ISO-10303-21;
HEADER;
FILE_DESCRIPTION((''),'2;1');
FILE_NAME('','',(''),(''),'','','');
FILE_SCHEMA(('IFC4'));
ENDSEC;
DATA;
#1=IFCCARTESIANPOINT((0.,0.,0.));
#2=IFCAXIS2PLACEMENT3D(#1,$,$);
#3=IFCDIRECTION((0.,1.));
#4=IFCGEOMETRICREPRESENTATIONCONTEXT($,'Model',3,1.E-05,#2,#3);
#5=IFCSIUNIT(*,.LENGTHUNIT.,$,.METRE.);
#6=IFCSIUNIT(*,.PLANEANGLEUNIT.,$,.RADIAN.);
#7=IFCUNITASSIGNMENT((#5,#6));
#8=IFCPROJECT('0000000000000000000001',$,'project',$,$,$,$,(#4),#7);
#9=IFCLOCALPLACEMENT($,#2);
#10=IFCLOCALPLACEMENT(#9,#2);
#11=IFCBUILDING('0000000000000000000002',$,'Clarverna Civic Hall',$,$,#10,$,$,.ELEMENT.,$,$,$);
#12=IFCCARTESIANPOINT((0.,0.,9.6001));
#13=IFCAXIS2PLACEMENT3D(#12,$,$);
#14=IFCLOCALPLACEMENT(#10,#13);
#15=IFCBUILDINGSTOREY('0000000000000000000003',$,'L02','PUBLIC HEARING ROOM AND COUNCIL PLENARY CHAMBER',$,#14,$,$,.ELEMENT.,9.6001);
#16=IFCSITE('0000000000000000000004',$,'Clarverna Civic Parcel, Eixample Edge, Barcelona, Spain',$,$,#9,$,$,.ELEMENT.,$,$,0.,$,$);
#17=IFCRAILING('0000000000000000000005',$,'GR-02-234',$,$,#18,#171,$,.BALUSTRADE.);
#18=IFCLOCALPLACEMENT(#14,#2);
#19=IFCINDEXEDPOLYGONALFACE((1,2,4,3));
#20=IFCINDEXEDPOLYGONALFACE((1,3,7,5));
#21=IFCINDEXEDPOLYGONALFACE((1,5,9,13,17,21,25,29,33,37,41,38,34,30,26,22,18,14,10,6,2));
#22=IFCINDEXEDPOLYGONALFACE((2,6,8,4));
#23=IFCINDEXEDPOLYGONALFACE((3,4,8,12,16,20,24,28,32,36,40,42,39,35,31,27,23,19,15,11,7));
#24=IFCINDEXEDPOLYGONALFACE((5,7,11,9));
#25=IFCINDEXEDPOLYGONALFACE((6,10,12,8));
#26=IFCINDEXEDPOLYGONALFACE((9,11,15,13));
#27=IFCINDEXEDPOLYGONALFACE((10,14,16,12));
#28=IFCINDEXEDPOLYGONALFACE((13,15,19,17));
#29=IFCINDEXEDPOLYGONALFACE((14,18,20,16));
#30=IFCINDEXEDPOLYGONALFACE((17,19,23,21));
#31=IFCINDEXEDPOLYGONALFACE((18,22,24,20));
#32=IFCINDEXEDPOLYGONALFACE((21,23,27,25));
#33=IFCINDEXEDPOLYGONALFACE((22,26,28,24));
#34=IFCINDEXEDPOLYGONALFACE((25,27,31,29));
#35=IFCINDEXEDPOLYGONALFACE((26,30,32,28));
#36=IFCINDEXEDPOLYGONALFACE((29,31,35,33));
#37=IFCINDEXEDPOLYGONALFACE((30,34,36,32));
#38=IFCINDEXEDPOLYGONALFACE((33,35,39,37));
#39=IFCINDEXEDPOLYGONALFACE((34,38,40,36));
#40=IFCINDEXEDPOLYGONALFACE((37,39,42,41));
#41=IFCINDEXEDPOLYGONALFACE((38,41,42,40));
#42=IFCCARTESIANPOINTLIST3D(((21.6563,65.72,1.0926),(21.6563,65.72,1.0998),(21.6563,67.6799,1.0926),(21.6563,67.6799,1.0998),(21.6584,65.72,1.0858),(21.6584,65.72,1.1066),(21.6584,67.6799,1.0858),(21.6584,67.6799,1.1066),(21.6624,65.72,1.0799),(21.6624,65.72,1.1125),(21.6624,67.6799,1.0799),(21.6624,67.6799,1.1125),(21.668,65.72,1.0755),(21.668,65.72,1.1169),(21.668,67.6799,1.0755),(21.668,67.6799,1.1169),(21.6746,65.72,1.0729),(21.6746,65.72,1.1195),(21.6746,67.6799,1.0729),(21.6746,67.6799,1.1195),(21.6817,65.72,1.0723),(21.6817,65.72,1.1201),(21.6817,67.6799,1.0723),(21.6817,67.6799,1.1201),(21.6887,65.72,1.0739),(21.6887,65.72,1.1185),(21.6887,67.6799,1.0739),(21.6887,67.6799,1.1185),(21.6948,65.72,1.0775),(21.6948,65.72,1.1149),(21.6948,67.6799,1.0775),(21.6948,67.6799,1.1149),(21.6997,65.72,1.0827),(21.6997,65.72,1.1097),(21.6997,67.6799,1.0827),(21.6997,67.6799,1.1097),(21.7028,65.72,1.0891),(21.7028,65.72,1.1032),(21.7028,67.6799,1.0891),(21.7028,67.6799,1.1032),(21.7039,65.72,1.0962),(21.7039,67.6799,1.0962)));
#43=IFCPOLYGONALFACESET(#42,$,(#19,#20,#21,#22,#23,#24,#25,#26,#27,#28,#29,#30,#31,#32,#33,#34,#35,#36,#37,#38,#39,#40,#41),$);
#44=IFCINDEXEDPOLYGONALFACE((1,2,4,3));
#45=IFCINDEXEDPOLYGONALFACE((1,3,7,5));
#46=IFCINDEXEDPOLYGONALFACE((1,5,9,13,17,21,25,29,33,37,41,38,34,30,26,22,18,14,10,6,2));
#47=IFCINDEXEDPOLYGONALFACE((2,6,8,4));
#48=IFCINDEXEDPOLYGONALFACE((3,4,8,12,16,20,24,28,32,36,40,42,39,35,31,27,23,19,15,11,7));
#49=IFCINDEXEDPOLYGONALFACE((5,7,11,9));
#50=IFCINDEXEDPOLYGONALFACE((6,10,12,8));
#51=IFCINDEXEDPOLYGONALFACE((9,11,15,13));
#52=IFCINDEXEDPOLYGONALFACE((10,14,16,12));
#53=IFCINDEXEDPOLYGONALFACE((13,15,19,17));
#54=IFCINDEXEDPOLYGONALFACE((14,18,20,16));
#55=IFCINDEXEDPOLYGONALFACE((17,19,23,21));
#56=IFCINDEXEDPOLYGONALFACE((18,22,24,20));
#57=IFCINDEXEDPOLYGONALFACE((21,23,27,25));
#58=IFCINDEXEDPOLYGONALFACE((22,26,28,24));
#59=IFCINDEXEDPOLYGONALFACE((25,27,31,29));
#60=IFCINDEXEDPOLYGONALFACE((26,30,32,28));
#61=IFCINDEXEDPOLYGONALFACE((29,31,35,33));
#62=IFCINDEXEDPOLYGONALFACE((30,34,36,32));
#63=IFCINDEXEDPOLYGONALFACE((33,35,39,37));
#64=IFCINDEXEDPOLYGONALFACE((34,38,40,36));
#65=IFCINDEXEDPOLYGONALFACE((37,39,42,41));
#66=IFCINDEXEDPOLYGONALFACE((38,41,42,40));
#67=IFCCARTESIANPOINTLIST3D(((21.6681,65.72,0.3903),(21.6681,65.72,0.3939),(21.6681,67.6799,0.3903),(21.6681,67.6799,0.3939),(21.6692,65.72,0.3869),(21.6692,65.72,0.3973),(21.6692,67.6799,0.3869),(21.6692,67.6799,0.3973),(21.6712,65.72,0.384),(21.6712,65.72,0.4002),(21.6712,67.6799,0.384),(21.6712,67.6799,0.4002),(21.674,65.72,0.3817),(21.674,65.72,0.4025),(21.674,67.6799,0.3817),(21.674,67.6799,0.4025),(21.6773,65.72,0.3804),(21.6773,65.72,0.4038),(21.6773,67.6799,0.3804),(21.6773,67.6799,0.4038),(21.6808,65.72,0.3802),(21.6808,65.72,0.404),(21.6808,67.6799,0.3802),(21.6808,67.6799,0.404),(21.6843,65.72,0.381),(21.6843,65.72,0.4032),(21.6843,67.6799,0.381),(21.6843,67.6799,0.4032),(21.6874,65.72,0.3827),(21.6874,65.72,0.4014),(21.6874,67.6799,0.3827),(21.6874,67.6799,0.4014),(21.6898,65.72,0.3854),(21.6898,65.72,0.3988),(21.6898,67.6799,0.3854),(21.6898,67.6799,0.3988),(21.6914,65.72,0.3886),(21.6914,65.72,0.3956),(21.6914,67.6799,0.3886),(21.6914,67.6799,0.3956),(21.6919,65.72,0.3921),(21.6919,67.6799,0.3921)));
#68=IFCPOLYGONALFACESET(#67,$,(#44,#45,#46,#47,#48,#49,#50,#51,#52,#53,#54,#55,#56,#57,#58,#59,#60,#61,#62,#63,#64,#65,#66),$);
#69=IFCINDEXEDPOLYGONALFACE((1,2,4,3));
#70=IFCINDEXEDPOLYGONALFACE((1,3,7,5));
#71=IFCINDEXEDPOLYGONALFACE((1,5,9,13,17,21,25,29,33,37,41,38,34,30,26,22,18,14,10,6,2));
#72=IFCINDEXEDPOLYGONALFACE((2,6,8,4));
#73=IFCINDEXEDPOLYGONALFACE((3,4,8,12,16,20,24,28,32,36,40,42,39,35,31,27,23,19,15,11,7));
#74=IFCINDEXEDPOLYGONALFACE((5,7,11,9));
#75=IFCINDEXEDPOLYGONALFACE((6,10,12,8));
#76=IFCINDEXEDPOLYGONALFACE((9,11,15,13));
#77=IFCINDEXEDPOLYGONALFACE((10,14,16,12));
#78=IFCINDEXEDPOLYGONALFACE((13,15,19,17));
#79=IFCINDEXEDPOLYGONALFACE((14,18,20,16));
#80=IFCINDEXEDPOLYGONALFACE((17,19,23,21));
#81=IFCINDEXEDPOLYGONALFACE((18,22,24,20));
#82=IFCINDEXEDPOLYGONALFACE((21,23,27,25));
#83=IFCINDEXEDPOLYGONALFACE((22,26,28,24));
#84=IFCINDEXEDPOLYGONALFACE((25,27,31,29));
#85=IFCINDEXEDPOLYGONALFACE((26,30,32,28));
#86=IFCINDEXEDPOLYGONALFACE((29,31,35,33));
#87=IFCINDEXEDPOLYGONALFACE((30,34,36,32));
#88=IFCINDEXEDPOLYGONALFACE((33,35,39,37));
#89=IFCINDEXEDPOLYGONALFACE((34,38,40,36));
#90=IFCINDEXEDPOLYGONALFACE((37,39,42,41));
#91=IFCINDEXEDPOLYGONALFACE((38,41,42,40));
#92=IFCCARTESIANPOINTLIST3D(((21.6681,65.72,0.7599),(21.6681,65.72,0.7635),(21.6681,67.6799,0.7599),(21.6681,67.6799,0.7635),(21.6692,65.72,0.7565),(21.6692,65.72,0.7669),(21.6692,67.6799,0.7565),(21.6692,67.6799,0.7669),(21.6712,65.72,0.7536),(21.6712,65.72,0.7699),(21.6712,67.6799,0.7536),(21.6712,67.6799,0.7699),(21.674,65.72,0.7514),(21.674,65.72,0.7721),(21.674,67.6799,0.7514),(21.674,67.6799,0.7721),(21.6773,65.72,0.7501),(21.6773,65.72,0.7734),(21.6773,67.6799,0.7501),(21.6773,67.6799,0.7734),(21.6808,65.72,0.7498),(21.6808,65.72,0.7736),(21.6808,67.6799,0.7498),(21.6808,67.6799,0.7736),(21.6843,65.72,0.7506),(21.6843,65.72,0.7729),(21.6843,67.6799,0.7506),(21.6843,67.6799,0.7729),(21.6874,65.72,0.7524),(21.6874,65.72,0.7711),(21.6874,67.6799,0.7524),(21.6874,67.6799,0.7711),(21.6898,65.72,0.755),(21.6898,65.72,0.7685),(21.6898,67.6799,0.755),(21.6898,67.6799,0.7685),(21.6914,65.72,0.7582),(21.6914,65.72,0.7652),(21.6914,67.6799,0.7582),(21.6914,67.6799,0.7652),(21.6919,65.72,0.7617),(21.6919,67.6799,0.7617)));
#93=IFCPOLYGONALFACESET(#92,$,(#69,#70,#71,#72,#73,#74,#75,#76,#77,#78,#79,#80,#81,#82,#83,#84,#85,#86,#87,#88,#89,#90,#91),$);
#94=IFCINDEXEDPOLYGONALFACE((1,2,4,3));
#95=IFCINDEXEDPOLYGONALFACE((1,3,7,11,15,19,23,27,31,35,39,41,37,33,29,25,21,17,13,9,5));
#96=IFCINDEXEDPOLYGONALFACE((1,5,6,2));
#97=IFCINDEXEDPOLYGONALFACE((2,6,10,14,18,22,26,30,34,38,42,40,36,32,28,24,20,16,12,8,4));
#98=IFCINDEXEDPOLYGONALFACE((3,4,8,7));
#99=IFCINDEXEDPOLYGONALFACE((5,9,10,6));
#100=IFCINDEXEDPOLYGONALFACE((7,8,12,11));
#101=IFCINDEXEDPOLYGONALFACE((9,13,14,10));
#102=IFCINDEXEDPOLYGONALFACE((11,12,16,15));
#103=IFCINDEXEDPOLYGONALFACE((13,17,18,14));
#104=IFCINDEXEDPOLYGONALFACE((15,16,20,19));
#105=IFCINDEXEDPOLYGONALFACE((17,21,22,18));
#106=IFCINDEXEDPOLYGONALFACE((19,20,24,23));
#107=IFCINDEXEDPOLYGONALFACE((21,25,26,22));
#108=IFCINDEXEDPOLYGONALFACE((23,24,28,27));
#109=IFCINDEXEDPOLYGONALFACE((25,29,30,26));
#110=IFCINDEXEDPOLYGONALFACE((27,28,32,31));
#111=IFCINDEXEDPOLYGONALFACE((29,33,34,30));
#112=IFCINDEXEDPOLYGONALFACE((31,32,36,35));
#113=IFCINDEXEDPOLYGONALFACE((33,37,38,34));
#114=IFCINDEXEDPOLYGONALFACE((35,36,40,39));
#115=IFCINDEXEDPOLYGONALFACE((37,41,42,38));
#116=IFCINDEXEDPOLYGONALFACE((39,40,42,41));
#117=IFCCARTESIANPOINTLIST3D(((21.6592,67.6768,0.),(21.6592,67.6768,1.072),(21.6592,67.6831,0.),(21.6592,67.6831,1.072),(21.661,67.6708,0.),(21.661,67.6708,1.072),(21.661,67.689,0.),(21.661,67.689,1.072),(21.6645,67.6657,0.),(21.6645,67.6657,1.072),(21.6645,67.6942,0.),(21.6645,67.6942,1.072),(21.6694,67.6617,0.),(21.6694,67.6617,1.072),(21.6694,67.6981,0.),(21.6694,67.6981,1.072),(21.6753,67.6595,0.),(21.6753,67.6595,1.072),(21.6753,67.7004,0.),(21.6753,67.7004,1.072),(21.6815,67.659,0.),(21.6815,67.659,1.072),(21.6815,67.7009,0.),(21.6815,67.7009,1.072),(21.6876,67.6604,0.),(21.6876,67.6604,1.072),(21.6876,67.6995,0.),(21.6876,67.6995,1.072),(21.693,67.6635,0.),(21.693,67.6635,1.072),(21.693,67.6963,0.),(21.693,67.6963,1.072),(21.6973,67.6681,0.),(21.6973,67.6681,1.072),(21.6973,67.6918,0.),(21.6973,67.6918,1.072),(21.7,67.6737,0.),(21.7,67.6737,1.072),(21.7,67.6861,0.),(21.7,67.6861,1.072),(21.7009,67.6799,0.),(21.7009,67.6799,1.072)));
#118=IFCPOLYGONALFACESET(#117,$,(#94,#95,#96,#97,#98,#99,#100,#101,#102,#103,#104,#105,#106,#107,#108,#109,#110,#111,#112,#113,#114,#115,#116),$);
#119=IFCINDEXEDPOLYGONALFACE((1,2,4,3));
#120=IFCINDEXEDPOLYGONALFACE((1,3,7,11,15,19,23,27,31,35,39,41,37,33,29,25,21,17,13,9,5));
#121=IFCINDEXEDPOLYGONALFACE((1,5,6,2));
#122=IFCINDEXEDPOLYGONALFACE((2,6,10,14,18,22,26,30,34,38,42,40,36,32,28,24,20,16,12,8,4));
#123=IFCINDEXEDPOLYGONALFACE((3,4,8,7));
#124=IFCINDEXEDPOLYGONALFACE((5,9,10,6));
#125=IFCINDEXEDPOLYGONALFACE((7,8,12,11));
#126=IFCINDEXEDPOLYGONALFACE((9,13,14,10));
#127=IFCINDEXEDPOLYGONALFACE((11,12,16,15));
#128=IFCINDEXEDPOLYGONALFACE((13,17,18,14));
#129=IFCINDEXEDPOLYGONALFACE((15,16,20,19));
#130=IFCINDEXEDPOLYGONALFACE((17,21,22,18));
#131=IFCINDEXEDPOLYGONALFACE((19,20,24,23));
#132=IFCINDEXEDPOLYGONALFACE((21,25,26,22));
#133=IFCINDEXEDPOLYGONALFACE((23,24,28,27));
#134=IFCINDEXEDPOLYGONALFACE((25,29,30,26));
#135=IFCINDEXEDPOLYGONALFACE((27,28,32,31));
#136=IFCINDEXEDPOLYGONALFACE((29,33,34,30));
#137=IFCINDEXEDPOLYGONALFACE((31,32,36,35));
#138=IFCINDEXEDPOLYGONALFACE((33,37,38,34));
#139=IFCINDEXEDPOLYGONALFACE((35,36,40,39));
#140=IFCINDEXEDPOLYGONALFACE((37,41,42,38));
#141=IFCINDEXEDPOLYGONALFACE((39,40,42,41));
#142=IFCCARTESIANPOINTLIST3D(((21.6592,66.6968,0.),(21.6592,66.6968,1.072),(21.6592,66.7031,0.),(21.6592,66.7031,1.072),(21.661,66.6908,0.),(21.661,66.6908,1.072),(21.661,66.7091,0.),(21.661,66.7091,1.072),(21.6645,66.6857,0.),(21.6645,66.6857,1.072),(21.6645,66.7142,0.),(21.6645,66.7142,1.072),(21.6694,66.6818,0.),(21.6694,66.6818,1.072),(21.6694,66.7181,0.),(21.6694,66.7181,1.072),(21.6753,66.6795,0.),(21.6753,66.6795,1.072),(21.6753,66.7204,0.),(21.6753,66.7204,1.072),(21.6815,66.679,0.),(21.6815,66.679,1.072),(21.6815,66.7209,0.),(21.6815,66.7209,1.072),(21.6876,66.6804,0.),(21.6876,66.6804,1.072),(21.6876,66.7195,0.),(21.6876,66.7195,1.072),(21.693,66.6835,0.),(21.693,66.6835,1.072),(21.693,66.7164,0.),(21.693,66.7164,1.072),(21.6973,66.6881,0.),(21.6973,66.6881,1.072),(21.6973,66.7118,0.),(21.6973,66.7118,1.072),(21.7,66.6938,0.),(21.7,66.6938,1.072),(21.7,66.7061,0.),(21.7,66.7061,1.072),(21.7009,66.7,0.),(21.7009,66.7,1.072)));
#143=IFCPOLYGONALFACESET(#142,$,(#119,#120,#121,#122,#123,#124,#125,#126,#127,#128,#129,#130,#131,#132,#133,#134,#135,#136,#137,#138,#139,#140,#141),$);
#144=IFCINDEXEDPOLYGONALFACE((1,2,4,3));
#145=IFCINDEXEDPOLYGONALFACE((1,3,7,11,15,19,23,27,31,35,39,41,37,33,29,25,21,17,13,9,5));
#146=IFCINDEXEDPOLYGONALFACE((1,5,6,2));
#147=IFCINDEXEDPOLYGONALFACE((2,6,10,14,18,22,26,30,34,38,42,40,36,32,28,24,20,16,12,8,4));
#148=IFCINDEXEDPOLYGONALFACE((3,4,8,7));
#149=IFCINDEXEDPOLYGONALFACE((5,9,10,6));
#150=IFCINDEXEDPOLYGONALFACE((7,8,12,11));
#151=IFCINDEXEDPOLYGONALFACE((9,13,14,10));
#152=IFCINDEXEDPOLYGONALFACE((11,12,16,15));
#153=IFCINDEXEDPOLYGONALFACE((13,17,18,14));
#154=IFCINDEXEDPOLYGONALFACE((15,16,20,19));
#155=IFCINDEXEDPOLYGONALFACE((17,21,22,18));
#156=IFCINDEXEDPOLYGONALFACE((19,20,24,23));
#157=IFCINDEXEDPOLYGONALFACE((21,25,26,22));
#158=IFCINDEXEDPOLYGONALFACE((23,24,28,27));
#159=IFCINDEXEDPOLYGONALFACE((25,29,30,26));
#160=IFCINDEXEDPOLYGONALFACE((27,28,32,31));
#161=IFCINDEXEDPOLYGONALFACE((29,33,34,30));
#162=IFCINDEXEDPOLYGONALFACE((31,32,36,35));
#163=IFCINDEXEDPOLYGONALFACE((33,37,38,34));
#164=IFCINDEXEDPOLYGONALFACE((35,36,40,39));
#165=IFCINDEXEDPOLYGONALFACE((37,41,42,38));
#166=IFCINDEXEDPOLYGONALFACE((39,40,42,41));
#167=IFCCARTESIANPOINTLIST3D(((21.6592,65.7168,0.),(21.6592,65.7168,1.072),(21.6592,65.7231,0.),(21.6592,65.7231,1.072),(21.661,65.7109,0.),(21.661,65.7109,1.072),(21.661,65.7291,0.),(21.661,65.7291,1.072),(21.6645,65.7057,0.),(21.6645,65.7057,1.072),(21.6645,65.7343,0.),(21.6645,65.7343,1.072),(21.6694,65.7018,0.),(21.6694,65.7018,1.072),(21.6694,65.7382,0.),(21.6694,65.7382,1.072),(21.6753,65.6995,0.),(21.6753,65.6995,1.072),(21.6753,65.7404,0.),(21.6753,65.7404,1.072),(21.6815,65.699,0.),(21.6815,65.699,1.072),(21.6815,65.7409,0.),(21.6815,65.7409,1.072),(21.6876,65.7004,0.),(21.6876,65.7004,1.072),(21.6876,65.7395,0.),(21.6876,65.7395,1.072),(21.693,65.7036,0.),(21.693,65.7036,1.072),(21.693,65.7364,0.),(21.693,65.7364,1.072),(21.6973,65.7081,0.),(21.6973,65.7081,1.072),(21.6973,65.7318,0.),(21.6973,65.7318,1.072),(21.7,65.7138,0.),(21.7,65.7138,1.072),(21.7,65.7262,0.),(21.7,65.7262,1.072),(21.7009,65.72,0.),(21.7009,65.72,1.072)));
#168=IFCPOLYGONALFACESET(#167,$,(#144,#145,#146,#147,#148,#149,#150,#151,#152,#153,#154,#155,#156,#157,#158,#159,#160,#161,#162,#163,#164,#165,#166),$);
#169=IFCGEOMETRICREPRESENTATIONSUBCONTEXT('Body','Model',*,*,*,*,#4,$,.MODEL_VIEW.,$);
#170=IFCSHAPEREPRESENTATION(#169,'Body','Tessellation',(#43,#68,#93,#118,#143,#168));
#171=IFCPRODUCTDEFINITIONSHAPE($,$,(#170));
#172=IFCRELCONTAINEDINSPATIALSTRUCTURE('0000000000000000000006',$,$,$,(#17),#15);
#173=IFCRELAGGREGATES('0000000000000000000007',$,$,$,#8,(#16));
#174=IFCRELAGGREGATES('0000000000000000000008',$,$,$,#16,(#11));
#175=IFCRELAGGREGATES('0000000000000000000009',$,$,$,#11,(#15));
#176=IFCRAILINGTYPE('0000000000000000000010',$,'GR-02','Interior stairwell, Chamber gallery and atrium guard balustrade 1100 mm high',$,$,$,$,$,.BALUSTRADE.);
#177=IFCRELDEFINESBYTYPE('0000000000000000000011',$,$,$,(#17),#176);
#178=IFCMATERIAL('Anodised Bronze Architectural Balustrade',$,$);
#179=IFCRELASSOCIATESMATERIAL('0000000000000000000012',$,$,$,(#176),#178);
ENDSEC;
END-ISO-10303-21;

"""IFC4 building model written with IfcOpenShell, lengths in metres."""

from ifc_helpers import new_model, si_unit, direction, frame, origin, origin_2d, place, context, subcontext, project, spatial, circle, extrude, material, type_object, element, save


model = new_model("IFC4")

# Units and contexts
model_context = context("Model", 3, precision=1e-05, world=origin(), true_north=direction((0.0, 1.0)))
body_context = subcontext(model_context, "Body", "Model", "MODEL_VIEW")
ifc_project = project(units=[si_unit("LENGTHUNIT", "METRE"), si_unit("PLANEANGLEUNIT", "RADIAN")], contexts=[model_context])

# Site, building, storey
site_placement = place(None, origin())
site = spatial("IfcSite", under=ifc_project, at=site_placement, Name="Clarverna Civic Parcel, Eixample Edge, Barcelona, Spain", CompositionType="ELEMENT", RefElevation=0.0)
building_placement = place(site_placement, origin())
building = spatial("IfcBuilding", under=site, at=building_placement, Name="Clarverna Civic Hall", CompositionType="ELEMENT")
storey_placement = place(building_placement, frame((0.0, 0.0, 9.6001)))
storey = spatial("IfcBuildingStorey", under=building, at=storey_placement, Name="L02", Description="PUBLIC HEARING ROOM AND COUNCIL PLENARY CHAMBER", CompositionType="ELEMENT", Elevation=9.6001)

# Railing
ifc_material_1 = material(Name="Anodised Bronze Architectural Balustrade")
railing_type = type_object("IfcRailingType", Name="GR-02", Description="Interior stairwell, Chamber gallery and atrium guard balustrade 1100 mm high", PredefinedType="BALUSTRADE", material=ifc_material_1)
railing_1_placement = place(storey_placement, frame((21.6799, 67.6799, 0.0)))
element("IfcRailing", 1, at=railing_1_placement, inside=storey, type_object=railing_type, Name="GR-02-234", PredefinedType="BALUSTRADE", context=body_context, shape_type="SweptSolid", body=[
    extrude(circle(Radius=0.0239, at=origin_2d()), frame((0.0, 0.0, 1.0962), z_axis=(0.0, -1.0, 0.0), x_axis=(1.0, 0.0, 0.0)), (0.0, 0.0, 1.0), 1.96),
    extrude(circle(Radius=0.012, at=origin_2d()), frame((0.0, 0.0, 0.3921), z_axis=(0.0, -1.0, 0.0), x_axis=(1.0, 0.0, 0.0)), (0.0, 0.0, 1.0), 1.96),
    extrude(circle(Radius=0.012, at=origin_2d()), frame((0.0, 0.0, 0.7617), z_axis=(0.0, -1.0, 0.0), x_axis=(1.0, 0.0, 0.0)), (0.0, 0.0, 1.0), 1.96),
    extrude(circle(Radius=0.021, at=origin_2d()), origin(), (0.0, 0.0, 1.0), 1.072),
    extrude(circle(Radius=0.021, at=origin_2d()), frame((0.0, -0.98, 0.0)), (0.0, 0.0, 1.0), 1.072),
    extrude(circle(Radius=0.021, at=origin_2d()), frame((0.0, -1.96, 0.0)), (0.0, 0.0, 1.0), 1.072),
])

save(model, "model.ifc")
